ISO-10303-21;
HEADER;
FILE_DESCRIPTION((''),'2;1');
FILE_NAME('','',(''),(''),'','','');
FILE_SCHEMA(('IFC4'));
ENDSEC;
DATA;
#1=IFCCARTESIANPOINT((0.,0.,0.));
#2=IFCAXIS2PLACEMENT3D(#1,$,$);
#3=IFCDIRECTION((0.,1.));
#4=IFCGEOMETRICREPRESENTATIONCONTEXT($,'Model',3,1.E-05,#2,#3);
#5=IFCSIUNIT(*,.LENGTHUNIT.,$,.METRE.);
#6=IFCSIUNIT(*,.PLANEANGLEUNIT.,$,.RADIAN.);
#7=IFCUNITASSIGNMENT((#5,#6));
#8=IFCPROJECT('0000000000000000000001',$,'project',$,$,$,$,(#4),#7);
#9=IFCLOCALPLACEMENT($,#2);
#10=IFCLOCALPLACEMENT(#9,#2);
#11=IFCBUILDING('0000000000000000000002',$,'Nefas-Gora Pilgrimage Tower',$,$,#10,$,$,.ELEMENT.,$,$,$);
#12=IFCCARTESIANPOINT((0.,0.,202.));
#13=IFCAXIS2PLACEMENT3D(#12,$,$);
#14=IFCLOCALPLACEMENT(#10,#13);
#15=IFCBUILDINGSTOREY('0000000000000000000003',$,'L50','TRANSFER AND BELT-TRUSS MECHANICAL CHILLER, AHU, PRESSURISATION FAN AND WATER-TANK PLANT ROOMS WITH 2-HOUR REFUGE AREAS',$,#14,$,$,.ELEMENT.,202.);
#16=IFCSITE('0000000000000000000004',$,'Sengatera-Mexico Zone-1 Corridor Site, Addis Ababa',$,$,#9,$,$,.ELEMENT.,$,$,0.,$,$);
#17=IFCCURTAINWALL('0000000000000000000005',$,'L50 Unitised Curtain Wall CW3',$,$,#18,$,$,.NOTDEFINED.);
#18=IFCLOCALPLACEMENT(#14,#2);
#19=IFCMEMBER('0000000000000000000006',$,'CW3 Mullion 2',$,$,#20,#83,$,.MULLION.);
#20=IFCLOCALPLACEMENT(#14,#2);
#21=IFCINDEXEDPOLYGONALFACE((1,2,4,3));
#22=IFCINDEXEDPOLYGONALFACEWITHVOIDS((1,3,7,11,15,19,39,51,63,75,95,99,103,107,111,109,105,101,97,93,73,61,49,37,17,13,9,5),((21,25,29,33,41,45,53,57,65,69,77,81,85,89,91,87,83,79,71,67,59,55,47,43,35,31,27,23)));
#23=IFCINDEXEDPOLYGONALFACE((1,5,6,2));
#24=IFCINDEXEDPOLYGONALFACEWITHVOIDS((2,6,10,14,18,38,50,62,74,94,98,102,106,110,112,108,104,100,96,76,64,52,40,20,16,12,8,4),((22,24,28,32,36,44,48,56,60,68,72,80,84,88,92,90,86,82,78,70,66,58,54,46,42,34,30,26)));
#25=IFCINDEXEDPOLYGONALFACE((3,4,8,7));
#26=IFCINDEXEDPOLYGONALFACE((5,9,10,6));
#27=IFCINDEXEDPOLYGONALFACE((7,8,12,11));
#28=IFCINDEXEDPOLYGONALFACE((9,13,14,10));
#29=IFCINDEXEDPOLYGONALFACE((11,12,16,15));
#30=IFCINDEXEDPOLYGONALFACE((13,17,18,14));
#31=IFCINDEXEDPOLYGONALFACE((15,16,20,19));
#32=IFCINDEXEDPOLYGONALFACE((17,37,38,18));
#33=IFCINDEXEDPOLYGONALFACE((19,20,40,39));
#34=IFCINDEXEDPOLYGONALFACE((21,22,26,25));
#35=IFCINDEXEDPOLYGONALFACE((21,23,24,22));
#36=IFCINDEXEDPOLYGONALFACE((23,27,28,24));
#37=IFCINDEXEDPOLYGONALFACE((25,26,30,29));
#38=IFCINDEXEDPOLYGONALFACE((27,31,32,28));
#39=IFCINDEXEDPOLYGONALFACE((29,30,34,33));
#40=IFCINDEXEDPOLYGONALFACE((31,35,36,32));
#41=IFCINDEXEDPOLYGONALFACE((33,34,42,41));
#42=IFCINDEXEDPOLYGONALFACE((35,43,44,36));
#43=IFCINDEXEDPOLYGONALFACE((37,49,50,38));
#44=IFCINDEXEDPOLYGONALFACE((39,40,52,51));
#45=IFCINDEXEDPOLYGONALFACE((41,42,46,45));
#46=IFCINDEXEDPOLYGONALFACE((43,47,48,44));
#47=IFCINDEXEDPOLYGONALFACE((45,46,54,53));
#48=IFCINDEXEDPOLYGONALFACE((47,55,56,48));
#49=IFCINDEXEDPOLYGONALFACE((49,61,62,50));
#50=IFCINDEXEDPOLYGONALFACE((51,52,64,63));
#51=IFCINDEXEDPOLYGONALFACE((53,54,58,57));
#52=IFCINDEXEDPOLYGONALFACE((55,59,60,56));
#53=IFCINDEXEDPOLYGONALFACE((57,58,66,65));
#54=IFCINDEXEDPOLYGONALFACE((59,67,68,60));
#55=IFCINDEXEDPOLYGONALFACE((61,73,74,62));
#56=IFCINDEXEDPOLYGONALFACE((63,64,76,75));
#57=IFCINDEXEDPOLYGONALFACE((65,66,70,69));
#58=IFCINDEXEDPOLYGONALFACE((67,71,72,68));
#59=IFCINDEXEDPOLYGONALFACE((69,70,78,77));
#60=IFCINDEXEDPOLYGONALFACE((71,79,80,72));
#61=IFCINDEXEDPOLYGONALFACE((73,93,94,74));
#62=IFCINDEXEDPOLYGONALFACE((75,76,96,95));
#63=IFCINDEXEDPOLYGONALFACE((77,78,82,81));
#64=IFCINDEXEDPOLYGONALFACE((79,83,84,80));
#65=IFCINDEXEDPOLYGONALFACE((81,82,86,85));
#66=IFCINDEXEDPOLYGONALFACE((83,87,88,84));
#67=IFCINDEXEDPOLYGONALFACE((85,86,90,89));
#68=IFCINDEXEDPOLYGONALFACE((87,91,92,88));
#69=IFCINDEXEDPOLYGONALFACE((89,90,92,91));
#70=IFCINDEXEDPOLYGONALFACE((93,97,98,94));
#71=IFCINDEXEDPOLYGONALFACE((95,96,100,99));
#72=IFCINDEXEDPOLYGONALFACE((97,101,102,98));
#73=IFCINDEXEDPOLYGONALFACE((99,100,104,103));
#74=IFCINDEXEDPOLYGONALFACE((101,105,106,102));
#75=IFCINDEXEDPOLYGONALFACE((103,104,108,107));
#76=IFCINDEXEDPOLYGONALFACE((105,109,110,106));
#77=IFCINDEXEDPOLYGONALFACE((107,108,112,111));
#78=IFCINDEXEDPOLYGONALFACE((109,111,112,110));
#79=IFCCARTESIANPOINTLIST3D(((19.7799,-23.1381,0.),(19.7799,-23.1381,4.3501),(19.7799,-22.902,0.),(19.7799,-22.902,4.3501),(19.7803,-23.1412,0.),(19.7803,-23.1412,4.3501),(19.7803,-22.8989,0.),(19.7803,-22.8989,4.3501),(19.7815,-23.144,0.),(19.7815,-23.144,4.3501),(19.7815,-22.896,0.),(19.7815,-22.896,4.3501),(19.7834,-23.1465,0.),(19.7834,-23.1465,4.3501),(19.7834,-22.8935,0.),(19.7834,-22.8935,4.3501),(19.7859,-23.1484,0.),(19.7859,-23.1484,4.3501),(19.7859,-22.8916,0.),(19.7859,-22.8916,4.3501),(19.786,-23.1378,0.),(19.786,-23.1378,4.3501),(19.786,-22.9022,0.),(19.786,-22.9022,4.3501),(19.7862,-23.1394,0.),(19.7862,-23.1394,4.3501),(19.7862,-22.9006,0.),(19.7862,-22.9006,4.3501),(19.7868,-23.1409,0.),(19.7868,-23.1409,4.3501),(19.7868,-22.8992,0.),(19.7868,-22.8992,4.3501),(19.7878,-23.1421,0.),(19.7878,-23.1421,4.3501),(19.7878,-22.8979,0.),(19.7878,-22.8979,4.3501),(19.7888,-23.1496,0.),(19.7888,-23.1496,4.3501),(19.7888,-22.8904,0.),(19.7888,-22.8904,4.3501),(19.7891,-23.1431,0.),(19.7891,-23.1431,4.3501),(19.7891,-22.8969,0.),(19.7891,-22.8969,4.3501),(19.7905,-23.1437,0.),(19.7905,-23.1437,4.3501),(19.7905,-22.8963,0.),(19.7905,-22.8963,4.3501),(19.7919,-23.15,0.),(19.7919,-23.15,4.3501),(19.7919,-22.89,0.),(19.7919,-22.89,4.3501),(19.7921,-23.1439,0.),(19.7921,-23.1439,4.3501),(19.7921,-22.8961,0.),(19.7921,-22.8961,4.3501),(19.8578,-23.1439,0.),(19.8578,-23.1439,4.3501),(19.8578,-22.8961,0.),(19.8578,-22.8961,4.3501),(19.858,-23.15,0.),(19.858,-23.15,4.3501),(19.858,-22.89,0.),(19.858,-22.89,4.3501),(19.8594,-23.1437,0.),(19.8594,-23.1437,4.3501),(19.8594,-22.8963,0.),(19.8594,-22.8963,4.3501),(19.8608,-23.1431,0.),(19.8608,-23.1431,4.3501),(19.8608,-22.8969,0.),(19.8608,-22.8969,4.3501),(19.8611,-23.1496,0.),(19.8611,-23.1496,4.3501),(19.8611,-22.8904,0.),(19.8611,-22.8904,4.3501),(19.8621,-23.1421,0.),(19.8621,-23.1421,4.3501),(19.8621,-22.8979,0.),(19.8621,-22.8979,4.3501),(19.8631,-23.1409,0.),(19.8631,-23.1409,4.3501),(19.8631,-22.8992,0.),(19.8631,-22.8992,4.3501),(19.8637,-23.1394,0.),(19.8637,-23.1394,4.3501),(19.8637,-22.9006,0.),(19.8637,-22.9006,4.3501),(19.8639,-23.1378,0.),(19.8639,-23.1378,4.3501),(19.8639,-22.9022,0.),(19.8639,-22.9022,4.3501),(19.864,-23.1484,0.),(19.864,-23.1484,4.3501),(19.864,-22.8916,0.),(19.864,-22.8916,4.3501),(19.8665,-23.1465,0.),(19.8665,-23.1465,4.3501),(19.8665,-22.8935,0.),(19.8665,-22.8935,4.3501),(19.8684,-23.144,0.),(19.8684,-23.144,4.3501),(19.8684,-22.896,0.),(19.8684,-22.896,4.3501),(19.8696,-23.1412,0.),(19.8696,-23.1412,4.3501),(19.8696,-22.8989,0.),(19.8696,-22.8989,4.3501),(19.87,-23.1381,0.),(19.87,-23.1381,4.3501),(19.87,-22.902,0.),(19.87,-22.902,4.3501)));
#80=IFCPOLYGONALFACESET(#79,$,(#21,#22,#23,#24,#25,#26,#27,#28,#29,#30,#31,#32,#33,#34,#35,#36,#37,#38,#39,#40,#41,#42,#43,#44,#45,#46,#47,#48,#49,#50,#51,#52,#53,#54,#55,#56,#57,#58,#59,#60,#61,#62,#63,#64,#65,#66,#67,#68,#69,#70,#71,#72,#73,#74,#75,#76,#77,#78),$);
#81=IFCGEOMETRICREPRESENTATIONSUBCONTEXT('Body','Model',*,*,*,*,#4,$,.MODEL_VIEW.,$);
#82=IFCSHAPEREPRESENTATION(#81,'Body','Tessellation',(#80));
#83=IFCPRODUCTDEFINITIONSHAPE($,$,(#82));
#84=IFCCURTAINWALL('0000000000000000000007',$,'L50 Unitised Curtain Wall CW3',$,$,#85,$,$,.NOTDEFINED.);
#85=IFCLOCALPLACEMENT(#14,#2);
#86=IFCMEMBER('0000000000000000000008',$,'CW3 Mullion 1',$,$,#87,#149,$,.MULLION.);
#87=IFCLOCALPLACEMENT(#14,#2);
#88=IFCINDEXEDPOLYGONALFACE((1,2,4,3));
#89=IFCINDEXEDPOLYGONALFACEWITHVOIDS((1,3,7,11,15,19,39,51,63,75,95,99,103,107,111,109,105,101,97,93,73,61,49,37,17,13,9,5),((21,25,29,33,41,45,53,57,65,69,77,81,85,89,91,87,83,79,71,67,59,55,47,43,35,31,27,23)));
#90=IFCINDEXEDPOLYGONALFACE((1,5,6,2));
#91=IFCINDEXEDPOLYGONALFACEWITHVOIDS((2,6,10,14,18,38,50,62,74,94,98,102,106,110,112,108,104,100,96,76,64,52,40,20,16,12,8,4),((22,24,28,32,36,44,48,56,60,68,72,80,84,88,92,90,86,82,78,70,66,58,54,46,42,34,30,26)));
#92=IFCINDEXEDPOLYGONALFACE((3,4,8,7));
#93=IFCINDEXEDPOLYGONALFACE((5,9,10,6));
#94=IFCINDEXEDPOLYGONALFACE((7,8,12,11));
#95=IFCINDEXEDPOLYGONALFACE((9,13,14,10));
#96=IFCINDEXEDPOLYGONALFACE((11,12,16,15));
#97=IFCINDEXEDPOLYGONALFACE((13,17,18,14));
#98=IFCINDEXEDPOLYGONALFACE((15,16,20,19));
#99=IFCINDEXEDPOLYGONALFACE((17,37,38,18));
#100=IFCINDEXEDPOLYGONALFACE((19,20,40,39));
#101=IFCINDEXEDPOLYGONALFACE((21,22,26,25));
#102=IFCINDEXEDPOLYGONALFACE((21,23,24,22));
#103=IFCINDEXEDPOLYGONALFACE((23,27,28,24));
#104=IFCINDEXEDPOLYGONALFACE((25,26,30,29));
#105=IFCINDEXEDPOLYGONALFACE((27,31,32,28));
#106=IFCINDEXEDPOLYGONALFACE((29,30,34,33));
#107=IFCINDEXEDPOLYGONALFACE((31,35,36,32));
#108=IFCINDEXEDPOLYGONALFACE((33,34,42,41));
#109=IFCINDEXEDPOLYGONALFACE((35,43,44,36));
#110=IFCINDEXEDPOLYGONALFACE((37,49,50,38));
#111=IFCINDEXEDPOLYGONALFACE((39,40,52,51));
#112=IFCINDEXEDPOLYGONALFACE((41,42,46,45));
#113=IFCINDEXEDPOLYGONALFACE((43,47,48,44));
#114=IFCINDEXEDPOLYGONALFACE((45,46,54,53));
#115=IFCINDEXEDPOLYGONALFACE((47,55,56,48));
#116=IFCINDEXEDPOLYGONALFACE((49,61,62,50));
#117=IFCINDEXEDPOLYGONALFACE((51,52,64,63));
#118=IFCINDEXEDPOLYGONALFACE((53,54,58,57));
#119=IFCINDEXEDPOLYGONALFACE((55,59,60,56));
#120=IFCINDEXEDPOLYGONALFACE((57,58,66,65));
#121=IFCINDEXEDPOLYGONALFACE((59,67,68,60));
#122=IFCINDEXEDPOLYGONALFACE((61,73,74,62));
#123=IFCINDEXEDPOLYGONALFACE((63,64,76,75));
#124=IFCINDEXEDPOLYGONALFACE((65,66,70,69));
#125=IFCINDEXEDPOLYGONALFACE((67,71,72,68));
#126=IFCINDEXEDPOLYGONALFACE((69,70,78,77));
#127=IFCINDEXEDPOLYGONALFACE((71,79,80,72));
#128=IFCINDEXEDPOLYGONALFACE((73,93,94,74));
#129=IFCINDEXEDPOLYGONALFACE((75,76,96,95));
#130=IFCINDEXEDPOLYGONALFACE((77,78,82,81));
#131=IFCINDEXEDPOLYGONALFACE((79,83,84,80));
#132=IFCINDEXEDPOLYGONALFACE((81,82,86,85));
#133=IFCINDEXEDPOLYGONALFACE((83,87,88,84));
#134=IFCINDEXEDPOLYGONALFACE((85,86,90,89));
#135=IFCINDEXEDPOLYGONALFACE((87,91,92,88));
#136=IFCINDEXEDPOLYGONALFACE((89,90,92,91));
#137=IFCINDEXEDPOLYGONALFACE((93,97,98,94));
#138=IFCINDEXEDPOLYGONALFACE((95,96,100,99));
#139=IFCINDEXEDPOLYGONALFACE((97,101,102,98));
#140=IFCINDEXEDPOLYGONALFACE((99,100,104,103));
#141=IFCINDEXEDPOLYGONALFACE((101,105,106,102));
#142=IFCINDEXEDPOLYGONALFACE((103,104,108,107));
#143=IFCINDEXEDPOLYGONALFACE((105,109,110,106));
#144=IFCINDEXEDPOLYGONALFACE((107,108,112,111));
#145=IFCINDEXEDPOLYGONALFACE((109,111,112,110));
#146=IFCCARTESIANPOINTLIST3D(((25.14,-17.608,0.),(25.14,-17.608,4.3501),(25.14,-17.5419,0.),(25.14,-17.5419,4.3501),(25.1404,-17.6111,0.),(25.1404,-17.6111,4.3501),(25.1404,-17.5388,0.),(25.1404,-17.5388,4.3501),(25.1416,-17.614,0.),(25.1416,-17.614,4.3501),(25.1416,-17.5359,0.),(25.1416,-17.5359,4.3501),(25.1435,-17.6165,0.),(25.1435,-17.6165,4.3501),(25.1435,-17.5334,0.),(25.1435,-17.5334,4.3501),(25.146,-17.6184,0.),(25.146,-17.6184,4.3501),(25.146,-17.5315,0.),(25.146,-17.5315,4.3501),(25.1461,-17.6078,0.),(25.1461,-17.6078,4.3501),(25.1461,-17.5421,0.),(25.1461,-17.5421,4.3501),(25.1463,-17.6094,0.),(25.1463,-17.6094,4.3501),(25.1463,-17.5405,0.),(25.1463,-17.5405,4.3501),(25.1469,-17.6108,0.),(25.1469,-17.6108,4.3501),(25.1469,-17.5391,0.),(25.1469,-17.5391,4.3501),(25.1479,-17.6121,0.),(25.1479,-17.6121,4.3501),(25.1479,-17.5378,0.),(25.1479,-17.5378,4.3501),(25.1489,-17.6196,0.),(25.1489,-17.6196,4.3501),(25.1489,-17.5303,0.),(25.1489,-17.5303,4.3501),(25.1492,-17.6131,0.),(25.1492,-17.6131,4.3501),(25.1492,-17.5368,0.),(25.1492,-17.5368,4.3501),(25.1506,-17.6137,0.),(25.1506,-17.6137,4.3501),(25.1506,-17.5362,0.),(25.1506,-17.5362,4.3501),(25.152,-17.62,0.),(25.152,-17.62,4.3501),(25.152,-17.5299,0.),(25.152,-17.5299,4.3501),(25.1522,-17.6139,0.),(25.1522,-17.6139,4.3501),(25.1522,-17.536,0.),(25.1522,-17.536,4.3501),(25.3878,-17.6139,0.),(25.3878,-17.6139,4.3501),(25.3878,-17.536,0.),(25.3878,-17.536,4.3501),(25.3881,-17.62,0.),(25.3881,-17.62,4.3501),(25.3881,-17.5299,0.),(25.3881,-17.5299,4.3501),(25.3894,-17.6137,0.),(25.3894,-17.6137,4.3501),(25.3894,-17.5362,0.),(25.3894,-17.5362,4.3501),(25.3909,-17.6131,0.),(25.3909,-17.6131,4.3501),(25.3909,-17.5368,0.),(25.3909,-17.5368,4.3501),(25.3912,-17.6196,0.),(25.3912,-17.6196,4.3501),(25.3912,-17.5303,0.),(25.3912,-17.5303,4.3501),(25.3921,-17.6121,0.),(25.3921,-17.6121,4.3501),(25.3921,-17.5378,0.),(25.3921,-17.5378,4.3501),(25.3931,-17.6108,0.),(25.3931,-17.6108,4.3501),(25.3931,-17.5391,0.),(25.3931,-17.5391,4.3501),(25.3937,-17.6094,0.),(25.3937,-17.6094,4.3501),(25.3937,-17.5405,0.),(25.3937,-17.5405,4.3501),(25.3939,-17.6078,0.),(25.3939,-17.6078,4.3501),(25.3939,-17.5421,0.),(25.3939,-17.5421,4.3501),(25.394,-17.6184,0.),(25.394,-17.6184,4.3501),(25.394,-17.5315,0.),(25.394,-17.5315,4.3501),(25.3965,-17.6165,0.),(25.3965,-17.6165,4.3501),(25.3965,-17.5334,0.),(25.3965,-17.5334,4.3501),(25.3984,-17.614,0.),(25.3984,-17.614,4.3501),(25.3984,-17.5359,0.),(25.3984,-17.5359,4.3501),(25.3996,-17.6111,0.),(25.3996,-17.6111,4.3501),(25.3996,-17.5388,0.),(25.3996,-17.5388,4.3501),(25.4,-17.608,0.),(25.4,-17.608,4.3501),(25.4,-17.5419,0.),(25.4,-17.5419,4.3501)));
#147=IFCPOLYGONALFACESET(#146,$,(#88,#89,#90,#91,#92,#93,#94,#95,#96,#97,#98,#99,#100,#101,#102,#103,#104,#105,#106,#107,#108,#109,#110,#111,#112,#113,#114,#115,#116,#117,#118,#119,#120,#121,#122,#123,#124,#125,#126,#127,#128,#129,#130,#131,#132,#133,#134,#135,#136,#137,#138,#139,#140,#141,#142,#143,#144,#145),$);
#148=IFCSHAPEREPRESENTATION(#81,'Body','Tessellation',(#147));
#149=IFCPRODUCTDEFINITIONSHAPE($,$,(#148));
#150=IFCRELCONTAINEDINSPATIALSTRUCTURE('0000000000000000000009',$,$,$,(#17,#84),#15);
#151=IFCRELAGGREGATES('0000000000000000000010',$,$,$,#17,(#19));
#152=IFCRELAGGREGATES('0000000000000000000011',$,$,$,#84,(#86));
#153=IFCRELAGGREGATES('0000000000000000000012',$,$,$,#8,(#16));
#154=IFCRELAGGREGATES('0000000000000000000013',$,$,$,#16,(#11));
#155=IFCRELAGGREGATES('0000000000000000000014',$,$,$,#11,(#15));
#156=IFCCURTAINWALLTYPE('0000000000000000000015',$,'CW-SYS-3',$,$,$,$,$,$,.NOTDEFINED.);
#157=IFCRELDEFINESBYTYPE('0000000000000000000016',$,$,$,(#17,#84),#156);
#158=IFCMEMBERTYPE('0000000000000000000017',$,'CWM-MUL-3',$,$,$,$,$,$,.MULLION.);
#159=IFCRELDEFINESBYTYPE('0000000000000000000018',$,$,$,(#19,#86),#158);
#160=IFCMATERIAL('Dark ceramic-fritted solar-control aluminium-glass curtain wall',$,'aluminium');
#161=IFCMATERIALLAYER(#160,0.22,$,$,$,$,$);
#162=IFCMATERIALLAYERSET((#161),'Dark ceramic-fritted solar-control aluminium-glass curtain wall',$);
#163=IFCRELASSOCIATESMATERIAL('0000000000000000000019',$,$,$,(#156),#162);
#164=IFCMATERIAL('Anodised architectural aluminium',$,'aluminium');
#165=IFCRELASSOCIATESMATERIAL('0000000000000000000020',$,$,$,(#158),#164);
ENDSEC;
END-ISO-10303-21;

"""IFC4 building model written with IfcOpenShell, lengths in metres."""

from ifc_helpers import new_model, si_unit, direction, frame, origin, origin_2d, place, context, subcontext, project, spatial, hollow_rectangle, extrude, source, transform, mapped, material, layer, layer_set, material_profile, profile_set, type_object, element, aggregate, save


model = new_model("IFC4")

# Units and contexts
model_context = context("Model", 3, precision=1e-05, world=origin(), true_north=direction((0.0, 1.0)))
body_context = subcontext(model_context, "Body", "Model", "MODEL_VIEW")
ifc_project = project(units=[si_unit("LENGTHUNIT", "METRE"), si_unit("PLANEANGLEUNIT", "RADIAN")], contexts=[model_context])

# Site, building, storey
site_placement = place(None, origin())
site = spatial("IfcSite", under=ifc_project, at=site_placement, Name="Sengatera-Mexico Zone-1 Corridor Site, Addis Ababa", CompositionType="ELEMENT", RefElevation=0.0)
building_placement = place(site_placement, origin())
building = spatial("IfcBuilding", under=site, at=building_placement, Name="Nefas-Gora Pilgrimage Tower", CompositionType="ELEMENT")
storey_placement = place(building_placement, frame((0.0, 0.0, 202.0)))
storey = spatial("IfcBuildingStorey", under=building, at=storey_placement, Name="L50", Description="TRANSFER AND BELT-TRUSS MECHANICAL CHILLER, AHU, PRESSURISATION FAN AND WATER-TANK PLANT ROOMS WITH 2-HOUR REFUGE AREAS", CompositionType="ELEMENT", Elevation=202.0)

# Curtain walls, members
ifc_material_1 = material(Name="Dark ceramic-fritted solar-control aluminium-glass curtain wall", Category="aluminium")
ifc_layer_1 = layer(ifc_material_1, 0.22)
ifc_layer_set_1 = layer_set([ifc_layer_1], Name="Dark ceramic-fritted solar-control aluminium-glass curtain wall")
curtain_wall_type = type_object("IfcCurtainWallType", Name="CW-SYS-3", PredefinedType="NOTDEFINED", material=ifc_layer_set_1)
ifc_material_2 = material(Name="Anodised architectural aluminium", Category="aluminium")
ifc_material_profile_1 = material_profile(ifc_material_2, hollow_rectangle(XDim=0.0901, YDim=0.26, WallThickness=0.0061, InnerFilletRadius=0.0061, OuterFilletRadius=0.012, at=origin_2d()), Name="ALU MULLION 90x260")
ifc_profile_set_1 = profile_set([ifc_material_profile_1], Name="Anodised architectural aluminium")
member_type_1 = type_object("IfcMemberType", Name="CWM-MUL-3", PredefinedType="MULLION", material=ifc_profile_set_1)
shared_shape_1 = source(origin(), body_context, "Body", "SweptSolid", [
    extrude(hollow_rectangle(XDim=0.0901, YDim=0.26, WallThickness=0.0061, InnerFilletRadius=0.0061, OuterFilletRadius=0.012, at=origin_2d()), origin(), (0.0, 0.0, 1.0), 4.3501),
])
curtain_wall_1_placement = place(storey_placement, origin())
curtain_wall_1 = element("IfcCurtainWall", 1, at=curtain_wall_1_placement, inside=storey, type_object=curtain_wall_type, Name="L50 Unitised Curtain Wall CW3", PredefinedType="NOTDEFINED")
member_1_placement = place(storey_placement, frame((19.825, -23.02, 0.0), z_axis=(0.0, 0.0, 1.0), x_axis=(1.0, 0.0, 0.0)))
member_1 = element("IfcMember", 2, at=member_1_placement, type_object=member_type_1, Name="CW3 Mullion 2", PredefinedType="MULLION", context=body_context, shape_type="MappedRepresentation", body=[
    mapped(shared_shape_1, transform((0.0, 0.0, 0.0), x_axis=(1.0, 0.0, 0.0), y_axis=(0.0, 1.0, 0.0), z_axis=(0.0, 0.0, 1.0), scale=1.0)),
])
curtain_wall_2_placement = place(storey_placement, origin())
curtain_wall_2 = element("IfcCurtainWall", 3, at=curtain_wall_2_placement, inside=storey, type_object=curtain_wall_type, Name="L50 Unitised Curtain Wall CW3", PredefinedType="NOTDEFINED")
member_2_placement = place(storey_placement, frame((25.27, -17.575, 0.0), z_axis=(0.0, 0.0, 1.0), x_axis=(0.0, 1.0, 0.0)))
member_2 = element("IfcMember", 4, at=member_2_placement, type_object=member_type_1, Name="CW3 Mullion 1", PredefinedType="MULLION", context=body_context, shape_type="MappedRepresentation", body=[
    mapped(shared_shape_1, transform((0.0, 0.0, 0.0), x_axis=(1.0, 0.0, 0.0), y_axis=(0.0, 1.0, 0.0), z_axis=(0.0, 0.0, 1.0), scale=1.0)),
])

aggregate(curtain_wall_1, [member_1])
aggregate(curtain_wall_2, [member_2])

save(model, "model.ifc")
